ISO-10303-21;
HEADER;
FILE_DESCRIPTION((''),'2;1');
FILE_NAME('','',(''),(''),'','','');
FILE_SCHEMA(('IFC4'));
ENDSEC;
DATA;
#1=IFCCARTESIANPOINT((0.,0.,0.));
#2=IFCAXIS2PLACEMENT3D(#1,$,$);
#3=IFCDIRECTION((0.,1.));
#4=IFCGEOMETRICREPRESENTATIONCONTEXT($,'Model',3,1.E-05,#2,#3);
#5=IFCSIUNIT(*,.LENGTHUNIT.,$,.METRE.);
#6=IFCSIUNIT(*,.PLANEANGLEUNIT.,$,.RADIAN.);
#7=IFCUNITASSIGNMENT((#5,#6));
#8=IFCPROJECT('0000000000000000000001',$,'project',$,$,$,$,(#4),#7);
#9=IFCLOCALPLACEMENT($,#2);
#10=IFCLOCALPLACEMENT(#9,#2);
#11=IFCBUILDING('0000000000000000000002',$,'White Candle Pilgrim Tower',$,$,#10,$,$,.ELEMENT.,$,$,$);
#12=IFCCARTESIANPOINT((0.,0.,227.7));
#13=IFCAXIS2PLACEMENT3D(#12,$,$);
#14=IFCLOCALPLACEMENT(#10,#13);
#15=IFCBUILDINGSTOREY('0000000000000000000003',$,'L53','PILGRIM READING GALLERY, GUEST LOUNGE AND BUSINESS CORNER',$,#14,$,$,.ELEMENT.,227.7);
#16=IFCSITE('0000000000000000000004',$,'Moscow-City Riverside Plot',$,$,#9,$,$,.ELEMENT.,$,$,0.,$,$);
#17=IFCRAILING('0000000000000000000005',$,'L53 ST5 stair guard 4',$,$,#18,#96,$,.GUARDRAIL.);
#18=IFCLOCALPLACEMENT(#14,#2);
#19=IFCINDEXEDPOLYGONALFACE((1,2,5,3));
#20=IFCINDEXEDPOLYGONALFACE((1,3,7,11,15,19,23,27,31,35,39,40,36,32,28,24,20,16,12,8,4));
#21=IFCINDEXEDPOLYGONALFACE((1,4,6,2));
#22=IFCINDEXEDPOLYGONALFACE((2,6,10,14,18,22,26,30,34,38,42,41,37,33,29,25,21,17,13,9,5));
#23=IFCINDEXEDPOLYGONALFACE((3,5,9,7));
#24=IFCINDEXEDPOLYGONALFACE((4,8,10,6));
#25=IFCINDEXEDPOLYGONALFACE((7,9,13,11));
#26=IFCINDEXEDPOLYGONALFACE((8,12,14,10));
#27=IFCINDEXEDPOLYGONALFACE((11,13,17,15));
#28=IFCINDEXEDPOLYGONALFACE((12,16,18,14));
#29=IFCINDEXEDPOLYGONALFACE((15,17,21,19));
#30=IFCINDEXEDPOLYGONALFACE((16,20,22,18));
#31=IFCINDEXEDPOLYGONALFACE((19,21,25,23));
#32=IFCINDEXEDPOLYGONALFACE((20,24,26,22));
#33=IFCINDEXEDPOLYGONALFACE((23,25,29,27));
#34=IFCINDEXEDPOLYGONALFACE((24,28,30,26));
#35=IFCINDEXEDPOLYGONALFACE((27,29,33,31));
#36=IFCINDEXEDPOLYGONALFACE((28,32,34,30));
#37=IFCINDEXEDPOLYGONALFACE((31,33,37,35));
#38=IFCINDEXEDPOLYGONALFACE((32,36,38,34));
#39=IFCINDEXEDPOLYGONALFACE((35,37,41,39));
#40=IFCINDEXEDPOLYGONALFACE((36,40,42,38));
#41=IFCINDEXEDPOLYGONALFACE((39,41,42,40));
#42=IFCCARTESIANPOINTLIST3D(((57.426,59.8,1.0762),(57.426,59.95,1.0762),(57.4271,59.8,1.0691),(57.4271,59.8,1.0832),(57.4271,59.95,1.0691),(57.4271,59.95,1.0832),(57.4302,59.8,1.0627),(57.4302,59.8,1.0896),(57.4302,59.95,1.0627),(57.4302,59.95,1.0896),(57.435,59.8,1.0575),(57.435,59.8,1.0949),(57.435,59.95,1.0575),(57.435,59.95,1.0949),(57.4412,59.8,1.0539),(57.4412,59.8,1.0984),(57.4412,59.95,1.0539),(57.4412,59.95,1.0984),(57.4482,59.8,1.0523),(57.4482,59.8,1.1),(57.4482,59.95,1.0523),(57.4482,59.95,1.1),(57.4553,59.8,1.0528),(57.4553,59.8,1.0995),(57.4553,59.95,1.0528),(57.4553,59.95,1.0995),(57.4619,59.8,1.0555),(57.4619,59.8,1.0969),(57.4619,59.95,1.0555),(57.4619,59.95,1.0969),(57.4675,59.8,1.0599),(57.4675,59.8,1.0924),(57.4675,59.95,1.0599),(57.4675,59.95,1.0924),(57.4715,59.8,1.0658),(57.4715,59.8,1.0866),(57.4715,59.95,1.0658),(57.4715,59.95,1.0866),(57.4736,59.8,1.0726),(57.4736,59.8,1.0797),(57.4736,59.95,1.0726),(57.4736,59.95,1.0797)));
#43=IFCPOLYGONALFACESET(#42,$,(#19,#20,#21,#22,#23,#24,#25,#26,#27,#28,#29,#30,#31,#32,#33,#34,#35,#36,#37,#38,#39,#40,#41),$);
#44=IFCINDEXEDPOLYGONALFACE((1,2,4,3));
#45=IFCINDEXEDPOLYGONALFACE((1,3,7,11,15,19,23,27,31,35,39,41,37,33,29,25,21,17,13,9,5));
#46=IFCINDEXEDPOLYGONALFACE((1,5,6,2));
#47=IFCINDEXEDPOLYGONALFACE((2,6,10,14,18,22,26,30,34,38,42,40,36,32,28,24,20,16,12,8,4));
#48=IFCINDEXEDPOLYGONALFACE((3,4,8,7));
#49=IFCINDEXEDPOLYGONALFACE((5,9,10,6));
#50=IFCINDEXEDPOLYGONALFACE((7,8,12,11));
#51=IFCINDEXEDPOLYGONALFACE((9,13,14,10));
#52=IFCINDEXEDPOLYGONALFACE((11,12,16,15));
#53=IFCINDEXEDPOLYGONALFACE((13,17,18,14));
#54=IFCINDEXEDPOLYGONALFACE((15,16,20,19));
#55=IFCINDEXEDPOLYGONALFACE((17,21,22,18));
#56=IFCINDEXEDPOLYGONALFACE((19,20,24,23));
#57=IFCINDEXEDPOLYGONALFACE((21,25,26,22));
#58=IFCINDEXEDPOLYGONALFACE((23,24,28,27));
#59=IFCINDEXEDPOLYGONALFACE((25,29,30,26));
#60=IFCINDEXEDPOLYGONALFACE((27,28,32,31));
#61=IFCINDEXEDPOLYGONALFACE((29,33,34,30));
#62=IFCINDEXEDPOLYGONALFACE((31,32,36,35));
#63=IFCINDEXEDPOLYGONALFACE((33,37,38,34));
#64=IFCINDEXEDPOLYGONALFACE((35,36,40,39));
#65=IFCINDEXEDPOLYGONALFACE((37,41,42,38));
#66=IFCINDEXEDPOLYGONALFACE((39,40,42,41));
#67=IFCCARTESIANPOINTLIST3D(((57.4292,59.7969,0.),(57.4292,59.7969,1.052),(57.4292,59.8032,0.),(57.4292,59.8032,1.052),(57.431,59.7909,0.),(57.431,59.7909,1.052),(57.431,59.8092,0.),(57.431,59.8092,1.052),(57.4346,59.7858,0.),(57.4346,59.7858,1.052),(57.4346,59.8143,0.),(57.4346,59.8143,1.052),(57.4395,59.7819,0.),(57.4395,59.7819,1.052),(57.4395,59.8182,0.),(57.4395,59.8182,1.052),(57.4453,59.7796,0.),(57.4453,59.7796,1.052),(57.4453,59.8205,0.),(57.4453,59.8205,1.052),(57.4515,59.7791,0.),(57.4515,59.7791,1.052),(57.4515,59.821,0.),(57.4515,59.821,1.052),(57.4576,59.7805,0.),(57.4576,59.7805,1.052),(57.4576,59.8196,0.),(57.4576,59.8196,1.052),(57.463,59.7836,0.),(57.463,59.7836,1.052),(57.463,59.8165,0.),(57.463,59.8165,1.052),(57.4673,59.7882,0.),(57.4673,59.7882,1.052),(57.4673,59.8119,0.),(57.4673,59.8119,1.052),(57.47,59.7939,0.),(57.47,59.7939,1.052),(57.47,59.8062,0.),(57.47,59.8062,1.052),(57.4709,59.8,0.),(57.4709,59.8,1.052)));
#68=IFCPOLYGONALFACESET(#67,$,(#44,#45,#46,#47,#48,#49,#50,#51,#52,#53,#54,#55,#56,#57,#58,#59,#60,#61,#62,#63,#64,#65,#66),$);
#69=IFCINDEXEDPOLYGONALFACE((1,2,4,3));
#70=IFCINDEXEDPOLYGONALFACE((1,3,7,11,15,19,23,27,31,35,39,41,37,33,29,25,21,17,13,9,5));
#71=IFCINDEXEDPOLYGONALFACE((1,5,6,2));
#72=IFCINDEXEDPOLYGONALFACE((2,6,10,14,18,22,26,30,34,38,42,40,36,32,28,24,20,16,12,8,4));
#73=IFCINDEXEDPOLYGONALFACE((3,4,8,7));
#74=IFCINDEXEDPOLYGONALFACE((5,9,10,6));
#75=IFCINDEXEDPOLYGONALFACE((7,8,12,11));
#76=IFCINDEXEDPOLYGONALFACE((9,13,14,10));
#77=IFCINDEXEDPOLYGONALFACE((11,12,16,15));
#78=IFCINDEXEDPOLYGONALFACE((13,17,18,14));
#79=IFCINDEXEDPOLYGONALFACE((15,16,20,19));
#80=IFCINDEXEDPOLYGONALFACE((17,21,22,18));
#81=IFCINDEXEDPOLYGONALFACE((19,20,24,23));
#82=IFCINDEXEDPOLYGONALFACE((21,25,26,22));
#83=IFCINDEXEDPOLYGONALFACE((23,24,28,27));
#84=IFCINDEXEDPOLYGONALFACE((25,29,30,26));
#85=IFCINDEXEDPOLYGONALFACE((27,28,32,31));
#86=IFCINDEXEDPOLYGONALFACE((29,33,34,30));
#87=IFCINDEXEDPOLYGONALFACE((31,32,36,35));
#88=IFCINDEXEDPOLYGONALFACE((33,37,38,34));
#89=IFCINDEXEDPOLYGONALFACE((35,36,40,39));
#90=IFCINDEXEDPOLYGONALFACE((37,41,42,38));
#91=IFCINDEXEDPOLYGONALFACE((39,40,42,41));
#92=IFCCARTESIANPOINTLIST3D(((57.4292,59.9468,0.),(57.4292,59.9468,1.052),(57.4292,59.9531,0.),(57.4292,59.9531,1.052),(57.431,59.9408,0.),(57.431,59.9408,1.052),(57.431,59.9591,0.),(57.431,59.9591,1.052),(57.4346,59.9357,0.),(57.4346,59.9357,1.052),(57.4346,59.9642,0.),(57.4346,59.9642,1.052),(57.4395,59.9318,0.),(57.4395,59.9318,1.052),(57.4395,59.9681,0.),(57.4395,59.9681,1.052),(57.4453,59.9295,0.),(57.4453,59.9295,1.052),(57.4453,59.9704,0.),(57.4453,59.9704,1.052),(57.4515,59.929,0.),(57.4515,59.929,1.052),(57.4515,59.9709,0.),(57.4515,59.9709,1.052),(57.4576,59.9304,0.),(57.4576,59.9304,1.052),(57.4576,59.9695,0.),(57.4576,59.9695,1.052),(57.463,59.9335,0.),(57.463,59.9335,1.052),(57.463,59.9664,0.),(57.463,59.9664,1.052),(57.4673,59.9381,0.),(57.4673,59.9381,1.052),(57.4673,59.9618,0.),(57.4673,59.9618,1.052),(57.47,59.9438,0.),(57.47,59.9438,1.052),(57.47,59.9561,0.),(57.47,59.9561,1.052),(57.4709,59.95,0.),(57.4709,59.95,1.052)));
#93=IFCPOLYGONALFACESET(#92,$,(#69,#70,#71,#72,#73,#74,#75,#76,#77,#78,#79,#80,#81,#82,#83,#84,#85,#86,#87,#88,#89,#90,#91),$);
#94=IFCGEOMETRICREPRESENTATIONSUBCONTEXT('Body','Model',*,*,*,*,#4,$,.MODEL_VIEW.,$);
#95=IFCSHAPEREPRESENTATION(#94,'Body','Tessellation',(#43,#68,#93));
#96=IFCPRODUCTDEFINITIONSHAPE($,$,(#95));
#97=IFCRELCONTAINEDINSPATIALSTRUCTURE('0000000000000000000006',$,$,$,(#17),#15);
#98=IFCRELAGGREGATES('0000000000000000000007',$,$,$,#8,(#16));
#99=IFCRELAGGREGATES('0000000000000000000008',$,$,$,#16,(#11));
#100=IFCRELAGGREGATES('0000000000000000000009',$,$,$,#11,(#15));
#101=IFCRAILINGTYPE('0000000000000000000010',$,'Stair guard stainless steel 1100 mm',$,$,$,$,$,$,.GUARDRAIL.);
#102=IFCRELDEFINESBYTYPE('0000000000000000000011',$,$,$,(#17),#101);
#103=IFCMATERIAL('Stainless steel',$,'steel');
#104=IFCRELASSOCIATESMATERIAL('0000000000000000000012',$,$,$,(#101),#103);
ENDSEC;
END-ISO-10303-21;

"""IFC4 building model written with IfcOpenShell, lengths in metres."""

from ifc_helpers import new_model, si_unit, direction, frame, origin, origin_2d, place, context, subcontext, project, spatial, circle, extrude, material, type_object, element, save


model = new_model("IFC4")

# Units and contexts
model_context = context("Model", 3, precision=1e-05, world=origin(), true_north=direction((0.0, 1.0)))
body_context = subcontext(model_context, "Body", "Model", "MODEL_VIEW")
ifc_project = project(units=[si_unit("LENGTHUNIT", "METRE"), si_unit("PLANEANGLEUNIT", "RADIAN")], contexts=[model_context])

# Site, building, storey
site_placement = place(None, origin())
site = spatial("IfcSite", under=ifc_project, at=site_placement, Name="Moscow-City Riverside Plot", CompositionType="ELEMENT", RefElevation=0.0)
building_placement = place(site_placement, origin())
building = spatial("IfcBuilding", under=site, at=building_placement, Name="White Candle Pilgrim Tower", CompositionType="ELEMENT")
storey_placement = place(building_placement, frame((0.0, 0.0, 227.7)))
storey = spatial("IfcBuildingStorey", under=building, at=storey_placement, Name="L53", Description="PILGRIM READING GALLERY, GUEST LOUNGE AND BUSINESS CORNER", CompositionType="ELEMENT", Elevation=227.7)

# Railing
ifc_material_1 = material(Name="Stainless steel", Category="steel")
railing_type_1 = type_object("IfcRailingType", Name="Stair guard stainless steel 1100 mm", PredefinedType="GUARDRAIL", material=ifc_material_1)
railing_1_placement = place(storey_placement, frame((57.45, 59.8, 0.0)))
element("IfcRailing", 1, at=railing_1_placement, inside=storey, type_object=railing_type_1, Name="L53 ST5 stair guard 4", PredefinedType="GUARDRAIL", context=body_context, shape_type="SweptSolid", body=[
    extrude(circle(Radius=0.0239, at=origin_2d()), frame((0.0, 0.0, 1.0762), z_axis=(0.0, 1.0, 0.0), x_axis=(-1.0, 0.0, 0.0)), (0.0, 0.0, 1.0), 0.1499),
    extrude(circle(Radius=0.021, at=origin_2d()), origin(), (0.0, 0.0, 1.0), 1.052),
    extrude(circle(Radius=0.021, at=origin_2d()), frame((0.0, 0.1499, 0.0)), (0.0, 0.0, 1.0), 1.052),
])

save(model, "model.ifc")
